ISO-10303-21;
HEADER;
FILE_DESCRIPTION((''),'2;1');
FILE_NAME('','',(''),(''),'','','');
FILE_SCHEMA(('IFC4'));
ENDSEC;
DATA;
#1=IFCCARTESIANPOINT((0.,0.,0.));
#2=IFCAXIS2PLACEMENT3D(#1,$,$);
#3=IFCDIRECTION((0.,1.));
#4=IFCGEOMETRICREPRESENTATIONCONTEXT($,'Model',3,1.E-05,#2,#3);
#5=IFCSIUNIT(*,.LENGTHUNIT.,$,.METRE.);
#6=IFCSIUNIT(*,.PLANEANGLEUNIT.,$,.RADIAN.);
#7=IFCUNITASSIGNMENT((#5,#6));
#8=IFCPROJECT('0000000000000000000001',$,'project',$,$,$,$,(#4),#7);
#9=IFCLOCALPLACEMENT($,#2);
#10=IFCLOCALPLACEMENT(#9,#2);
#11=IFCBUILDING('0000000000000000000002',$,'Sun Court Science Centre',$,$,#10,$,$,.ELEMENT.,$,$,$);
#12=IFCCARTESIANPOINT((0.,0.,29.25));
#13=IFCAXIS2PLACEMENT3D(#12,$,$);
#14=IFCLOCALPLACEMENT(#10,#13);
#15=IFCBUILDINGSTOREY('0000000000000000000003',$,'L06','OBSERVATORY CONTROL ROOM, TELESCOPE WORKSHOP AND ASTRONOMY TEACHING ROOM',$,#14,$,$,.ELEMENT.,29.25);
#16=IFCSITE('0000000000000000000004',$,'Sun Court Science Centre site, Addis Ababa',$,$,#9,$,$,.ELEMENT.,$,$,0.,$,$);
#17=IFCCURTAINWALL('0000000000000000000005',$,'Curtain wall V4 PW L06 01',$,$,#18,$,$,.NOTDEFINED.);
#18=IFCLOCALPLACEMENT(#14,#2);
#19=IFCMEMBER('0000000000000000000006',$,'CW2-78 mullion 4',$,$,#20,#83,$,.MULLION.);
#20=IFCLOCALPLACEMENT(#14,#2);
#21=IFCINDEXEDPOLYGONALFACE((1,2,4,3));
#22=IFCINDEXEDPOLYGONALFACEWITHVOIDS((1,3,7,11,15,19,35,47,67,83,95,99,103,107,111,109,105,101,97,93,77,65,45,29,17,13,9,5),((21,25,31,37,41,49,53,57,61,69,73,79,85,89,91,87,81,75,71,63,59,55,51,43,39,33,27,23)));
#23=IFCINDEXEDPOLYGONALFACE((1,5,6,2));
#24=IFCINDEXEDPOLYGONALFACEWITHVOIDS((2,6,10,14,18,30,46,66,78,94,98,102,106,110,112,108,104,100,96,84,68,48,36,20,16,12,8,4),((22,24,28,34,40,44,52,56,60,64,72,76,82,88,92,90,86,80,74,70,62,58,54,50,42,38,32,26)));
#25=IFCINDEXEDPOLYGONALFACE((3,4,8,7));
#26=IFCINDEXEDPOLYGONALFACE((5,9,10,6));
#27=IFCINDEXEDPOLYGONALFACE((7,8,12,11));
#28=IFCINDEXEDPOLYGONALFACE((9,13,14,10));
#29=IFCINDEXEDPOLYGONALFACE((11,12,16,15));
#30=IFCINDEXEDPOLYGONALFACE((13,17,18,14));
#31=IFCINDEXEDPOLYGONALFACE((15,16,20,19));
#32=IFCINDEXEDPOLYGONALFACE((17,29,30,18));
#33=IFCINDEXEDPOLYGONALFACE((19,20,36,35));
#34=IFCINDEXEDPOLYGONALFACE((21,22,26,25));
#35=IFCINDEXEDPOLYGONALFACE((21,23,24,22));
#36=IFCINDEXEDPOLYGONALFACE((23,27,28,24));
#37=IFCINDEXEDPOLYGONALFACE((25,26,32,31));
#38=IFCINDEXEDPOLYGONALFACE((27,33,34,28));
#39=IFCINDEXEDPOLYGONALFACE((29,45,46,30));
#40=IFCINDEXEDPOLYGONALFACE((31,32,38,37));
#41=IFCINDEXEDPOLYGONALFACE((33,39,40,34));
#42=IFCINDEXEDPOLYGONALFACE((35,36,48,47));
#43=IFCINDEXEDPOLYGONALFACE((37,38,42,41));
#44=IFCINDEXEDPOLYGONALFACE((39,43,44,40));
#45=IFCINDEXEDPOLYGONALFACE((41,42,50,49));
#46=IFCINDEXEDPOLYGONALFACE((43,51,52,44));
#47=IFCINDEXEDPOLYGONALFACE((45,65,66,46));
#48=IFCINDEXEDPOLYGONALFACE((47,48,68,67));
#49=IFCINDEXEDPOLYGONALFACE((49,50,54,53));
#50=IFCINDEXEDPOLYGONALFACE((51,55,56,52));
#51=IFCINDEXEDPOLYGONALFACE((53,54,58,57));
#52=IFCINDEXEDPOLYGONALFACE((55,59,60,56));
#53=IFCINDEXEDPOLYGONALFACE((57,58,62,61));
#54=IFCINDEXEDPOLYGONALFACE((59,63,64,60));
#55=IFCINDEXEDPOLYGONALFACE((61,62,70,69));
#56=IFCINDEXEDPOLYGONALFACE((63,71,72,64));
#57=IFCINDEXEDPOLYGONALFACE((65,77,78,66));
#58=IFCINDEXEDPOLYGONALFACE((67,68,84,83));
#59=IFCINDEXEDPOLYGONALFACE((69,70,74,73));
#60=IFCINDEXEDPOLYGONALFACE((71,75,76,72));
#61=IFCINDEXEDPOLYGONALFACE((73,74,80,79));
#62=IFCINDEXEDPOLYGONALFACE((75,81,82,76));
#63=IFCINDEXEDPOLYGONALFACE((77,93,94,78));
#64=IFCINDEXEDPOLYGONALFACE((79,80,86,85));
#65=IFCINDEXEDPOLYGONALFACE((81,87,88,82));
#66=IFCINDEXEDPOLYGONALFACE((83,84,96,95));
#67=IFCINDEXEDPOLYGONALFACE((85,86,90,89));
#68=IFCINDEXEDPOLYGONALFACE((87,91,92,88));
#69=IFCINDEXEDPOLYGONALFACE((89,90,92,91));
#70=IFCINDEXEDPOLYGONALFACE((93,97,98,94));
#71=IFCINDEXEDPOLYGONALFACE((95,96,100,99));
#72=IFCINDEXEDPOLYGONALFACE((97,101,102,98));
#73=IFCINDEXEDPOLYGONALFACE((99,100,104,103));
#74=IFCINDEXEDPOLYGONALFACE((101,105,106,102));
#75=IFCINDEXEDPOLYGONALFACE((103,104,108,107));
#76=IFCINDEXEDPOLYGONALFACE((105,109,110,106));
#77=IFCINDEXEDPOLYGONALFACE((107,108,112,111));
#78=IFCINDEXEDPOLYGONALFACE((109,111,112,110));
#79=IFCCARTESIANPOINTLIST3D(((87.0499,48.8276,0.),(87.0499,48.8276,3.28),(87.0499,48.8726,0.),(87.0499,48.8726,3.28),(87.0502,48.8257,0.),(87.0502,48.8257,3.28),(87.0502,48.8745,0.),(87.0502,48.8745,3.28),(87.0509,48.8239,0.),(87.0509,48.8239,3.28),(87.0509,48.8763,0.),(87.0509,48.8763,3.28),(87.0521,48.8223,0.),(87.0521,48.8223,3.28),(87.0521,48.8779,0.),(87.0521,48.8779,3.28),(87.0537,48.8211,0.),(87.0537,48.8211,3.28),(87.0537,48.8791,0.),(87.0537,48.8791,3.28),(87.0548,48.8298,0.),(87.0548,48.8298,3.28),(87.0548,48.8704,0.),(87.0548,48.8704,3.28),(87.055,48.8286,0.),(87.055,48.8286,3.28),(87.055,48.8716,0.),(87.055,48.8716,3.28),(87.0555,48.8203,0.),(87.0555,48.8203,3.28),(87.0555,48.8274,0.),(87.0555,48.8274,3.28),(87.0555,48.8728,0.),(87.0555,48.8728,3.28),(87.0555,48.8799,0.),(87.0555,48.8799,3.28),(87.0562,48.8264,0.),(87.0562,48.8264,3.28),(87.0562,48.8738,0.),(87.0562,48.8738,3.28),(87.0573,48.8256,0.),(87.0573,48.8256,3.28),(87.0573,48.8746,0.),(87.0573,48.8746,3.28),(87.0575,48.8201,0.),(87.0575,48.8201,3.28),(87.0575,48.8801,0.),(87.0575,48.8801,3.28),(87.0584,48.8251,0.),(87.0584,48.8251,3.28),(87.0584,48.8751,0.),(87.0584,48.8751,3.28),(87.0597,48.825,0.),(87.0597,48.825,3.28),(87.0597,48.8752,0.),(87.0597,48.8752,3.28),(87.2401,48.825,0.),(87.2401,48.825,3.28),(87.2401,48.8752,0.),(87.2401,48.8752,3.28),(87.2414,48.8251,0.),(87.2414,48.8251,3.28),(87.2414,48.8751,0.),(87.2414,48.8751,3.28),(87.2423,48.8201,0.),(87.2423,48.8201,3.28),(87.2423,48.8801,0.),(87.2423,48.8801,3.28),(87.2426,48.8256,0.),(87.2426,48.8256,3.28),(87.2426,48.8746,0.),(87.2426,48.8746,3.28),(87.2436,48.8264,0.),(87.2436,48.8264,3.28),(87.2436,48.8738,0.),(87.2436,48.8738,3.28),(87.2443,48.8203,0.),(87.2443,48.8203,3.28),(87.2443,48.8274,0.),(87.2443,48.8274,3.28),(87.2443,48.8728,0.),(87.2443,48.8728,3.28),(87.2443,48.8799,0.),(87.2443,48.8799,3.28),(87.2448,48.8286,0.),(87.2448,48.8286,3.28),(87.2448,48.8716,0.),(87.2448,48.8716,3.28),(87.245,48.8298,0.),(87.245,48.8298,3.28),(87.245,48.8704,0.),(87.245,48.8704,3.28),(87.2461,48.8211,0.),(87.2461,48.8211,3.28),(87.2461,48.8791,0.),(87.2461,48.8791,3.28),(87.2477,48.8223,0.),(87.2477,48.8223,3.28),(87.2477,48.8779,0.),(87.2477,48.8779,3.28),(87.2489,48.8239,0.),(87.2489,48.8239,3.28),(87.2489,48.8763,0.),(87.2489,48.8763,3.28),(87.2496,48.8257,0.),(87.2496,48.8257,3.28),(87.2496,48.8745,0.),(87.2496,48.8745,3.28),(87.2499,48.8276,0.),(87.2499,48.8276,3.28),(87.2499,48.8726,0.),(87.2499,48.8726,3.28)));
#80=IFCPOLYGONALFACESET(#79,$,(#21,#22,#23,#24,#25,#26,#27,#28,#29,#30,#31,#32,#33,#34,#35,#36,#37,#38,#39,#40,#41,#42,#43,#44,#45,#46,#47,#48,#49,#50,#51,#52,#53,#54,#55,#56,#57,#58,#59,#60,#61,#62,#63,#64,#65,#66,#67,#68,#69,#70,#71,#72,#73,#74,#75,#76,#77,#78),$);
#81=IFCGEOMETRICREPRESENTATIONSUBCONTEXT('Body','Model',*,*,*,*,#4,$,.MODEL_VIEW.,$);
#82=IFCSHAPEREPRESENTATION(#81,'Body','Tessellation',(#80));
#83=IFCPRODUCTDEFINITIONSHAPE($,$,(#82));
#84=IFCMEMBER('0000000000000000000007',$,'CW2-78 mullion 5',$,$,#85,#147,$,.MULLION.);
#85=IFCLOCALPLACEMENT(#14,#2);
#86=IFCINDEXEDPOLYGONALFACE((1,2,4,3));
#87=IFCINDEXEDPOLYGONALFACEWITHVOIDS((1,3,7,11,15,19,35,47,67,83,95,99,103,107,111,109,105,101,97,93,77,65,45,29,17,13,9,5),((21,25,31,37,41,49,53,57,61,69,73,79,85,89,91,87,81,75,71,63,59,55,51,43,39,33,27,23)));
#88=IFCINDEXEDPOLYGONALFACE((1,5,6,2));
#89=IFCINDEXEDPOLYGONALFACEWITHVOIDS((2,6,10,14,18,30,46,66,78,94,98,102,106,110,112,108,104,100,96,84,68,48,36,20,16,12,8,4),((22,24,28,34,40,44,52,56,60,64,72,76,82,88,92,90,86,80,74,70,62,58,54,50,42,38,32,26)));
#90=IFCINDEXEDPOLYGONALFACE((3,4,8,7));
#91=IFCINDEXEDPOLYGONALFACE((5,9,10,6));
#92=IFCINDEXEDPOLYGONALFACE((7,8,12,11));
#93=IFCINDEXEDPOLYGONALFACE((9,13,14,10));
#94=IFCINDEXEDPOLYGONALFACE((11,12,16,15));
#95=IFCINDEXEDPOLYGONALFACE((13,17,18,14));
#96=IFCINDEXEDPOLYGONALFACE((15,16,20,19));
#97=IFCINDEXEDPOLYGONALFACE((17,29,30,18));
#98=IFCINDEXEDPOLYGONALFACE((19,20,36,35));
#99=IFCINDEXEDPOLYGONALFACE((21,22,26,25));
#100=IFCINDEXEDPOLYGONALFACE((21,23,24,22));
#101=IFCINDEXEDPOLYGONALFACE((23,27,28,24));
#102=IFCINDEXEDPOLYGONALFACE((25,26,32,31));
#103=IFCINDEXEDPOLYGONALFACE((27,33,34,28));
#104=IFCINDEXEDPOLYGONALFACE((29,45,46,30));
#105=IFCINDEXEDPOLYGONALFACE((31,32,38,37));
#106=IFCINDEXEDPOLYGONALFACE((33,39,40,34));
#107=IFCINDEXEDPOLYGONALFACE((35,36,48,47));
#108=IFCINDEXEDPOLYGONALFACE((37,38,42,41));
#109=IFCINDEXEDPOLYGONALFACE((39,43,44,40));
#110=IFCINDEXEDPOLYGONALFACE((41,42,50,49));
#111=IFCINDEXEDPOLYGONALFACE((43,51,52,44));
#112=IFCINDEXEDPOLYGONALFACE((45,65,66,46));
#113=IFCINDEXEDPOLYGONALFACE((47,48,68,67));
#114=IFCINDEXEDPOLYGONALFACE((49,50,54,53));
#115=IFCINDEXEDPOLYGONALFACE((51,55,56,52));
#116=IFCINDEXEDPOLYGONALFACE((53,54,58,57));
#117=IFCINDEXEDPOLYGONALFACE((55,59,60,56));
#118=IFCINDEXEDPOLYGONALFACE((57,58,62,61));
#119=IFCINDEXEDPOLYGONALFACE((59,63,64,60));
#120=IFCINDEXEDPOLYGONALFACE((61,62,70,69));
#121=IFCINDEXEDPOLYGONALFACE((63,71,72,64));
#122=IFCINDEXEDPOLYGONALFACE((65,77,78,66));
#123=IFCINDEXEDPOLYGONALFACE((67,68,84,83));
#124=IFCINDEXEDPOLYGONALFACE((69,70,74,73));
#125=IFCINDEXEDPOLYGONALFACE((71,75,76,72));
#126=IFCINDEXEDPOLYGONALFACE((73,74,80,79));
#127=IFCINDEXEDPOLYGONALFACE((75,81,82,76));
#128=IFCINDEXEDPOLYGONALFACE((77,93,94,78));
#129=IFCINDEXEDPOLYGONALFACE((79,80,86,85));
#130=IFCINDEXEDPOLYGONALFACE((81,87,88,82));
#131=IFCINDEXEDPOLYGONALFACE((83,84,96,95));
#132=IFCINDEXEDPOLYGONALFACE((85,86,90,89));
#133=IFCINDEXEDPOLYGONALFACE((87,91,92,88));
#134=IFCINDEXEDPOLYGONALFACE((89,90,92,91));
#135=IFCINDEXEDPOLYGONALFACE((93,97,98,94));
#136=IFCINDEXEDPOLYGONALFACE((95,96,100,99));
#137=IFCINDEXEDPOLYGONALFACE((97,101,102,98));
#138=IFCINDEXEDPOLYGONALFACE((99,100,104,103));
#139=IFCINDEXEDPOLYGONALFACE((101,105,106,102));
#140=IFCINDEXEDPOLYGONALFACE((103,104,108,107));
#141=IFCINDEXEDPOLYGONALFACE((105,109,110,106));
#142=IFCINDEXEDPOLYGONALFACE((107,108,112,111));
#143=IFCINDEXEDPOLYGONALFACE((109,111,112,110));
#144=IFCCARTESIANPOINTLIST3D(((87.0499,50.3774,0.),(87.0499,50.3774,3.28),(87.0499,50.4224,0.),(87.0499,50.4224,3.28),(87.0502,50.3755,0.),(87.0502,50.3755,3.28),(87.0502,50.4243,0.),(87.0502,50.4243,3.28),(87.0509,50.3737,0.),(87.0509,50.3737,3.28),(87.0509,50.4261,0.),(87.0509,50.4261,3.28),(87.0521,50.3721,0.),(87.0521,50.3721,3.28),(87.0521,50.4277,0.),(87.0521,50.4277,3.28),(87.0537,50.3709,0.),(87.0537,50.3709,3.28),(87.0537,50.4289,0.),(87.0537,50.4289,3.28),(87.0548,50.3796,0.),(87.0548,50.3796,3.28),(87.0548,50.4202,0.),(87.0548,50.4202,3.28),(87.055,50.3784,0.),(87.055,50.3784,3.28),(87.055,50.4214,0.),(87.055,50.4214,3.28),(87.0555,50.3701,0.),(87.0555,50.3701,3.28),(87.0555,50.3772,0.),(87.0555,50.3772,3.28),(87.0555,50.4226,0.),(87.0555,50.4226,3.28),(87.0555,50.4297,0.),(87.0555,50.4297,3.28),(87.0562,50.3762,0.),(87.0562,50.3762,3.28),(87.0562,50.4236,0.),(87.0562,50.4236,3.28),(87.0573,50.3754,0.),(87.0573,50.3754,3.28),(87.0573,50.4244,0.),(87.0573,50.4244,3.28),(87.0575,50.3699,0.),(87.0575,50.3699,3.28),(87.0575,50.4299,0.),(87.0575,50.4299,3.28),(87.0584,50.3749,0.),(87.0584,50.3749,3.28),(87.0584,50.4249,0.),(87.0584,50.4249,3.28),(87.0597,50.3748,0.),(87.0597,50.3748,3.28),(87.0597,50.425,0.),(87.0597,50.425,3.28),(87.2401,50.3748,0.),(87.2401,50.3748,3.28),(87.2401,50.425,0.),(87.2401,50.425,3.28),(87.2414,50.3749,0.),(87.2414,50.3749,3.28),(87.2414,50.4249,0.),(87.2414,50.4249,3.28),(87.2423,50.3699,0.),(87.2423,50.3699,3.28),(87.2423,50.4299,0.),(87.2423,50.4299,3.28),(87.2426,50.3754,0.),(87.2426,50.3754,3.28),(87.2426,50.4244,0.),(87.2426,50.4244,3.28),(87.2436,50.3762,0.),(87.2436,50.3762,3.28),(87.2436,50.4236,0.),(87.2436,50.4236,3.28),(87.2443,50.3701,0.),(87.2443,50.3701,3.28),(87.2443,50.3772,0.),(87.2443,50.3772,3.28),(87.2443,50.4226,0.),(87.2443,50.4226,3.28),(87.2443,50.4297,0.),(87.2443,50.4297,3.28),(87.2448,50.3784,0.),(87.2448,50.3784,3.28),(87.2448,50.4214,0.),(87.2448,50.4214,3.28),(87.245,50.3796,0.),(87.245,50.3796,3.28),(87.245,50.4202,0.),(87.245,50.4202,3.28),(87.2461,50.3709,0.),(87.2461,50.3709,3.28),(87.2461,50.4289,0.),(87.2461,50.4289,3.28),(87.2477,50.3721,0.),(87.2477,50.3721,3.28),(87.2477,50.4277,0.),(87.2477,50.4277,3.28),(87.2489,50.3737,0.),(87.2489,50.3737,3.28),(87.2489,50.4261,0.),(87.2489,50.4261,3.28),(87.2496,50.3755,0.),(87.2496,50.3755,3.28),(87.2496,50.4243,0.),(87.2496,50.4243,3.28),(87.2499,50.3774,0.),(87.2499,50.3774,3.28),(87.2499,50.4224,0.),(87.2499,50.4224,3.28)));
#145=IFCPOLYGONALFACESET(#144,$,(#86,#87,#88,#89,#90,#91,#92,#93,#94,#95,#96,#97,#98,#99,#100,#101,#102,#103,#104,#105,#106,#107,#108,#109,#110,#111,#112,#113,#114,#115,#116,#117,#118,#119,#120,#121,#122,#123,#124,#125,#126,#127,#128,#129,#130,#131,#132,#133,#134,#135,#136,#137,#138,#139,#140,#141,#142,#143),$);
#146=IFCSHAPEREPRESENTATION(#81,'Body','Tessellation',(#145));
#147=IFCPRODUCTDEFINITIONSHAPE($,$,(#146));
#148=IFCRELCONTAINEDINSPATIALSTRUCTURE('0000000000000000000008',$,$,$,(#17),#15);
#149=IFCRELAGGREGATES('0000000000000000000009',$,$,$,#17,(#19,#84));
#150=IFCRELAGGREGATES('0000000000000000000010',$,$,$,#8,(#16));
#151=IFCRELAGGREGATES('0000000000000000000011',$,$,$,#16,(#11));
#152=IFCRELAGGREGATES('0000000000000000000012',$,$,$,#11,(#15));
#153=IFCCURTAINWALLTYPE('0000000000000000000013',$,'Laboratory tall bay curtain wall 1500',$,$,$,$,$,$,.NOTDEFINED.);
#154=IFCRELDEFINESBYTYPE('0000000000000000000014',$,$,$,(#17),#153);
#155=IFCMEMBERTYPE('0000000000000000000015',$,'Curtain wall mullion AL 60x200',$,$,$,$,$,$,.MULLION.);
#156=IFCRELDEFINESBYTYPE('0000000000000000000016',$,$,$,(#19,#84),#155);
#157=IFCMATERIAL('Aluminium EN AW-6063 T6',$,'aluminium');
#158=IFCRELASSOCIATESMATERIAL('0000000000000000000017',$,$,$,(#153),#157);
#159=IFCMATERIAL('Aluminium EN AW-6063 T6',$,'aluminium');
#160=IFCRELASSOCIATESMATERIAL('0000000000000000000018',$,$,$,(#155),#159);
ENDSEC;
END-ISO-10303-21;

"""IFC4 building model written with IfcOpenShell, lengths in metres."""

from ifc_helpers import new_model, si_unit, direction, frame, origin, origin_2d, place, context, subcontext, project, spatial, hollow_rectangle, extrude, material, material_profile, profile_set, type_object, element, aggregate, save


model = new_model("IFC4")

# Units and contexts
model_context = context("Model", 3, precision=1e-05, world=origin(), true_north=direction((0.0, 1.0)))
body_context = subcontext(model_context, "Body", "Model", "MODEL_VIEW")
ifc_project = project(units=[si_unit("LENGTHUNIT", "METRE"), si_unit("PLANEANGLEUNIT", "RADIAN")], contexts=[model_context])

# Site, building, storey
site_placement = place(None, origin())
site = spatial("IfcSite", under=ifc_project, at=site_placement, Name="Sun Court Science Centre site, Addis Ababa", CompositionType="ELEMENT", RefElevation=0.0)
building_placement = place(site_placement, origin())
building = spatial("IfcBuilding", under=site, at=building_placement, Name="Sun Court Science Centre", CompositionType="ELEMENT")
storey_placement = place(building_placement, frame((0.0, 0.0, 29.25)))
storey = spatial("IfcBuildingStorey", under=building, at=storey_placement, Name="L06", Description="OBSERVATORY CONTROL ROOM, TELESCOPE WORKSHOP AND ASTRONOMY TEACHING ROOM", CompositionType="ELEMENT", Elevation=29.25)

# Curtain wall, members
ifc_material_1 = material(Name="Aluminium EN AW-6063 T6", Category="aluminium")
curtain_wall_type = type_object("IfcCurtainWallType", Name="Laboratory tall bay curtain wall 1500", PredefinedType="NOTDEFINED", material=ifc_material_1)
curtain_wall_placement = place(storey_placement, origin())
curtain_wall = element("IfcCurtainWall", 1, at=curtain_wall_placement, inside=storey, type_object=curtain_wall_type, Name="Curtain wall V4 PW L06 01", PredefinedType="NOTDEFINED")
ifc_material_2 = material(Name="Aluminium EN AW-6063 T6", Category="aluminium")
ifc_material_profile_1 = material_profile(ifc_material_2, hollow_rectangle(XDim=0.0601, YDim=0.2, WallThickness=0.0049, InnerFilletRadius=0.0049, OuterFilletRadius=0.0076, at=origin_2d()), Name="AL 60x200x5")
ifc_profile_set_1 = profile_set([ifc_material_profile_1], Name="Aluminium EN AW-6063 T6")
member_type_1 = type_object("IfcMemberType", Name="Curtain wall mullion AL 60x200", PredefinedType="MULLION", material=ifc_profile_set_1)
member_1_placement = place(storey_placement, frame((87.1499, 48.8501, 0.0), z_axis=(0.0, 0.0, 1.0), x_axis=(0.0, 1.0, 0.0)))
member_1 = element("IfcMember", 2, at=member_1_placement, type_object=member_type_1, Name="CW2-78 mullion 4", PredefinedType="MULLION", context=body_context, shape_type="SweptSolid", body=[
    extrude(hollow_rectangle(XDim=0.0601, YDim=0.2, WallThickness=0.0049, InnerFilletRadius=0.0049, OuterFilletRadius=0.0076, at=origin_2d()), origin(), (0.0, 0.0, 1.0), 3.28),
])
member_2_placement = place(storey_placement, frame((87.1499, 50.3999, 0.0), z_axis=(0.0, 0.0, 1.0), x_axis=(0.0, 1.0, 0.0)))
member_2 = element("IfcMember", 3, at=member_2_placement, type_object=member_type_1, Name="CW2-78 mullion 5", PredefinedType="MULLION", context=body_context, shape_type="SweptSolid", body=[
    extrude(hollow_rectangle(XDim=0.0601, YDim=0.2, WallThickness=0.0049, InnerFilletRadius=0.0049, OuterFilletRadius=0.0076, at=origin_2d()), origin(), (0.0, 0.0, 1.0), 3.28),
])

aggregate(curtain_wall, [member_1, member_2])

save(model, "model.ifc")
